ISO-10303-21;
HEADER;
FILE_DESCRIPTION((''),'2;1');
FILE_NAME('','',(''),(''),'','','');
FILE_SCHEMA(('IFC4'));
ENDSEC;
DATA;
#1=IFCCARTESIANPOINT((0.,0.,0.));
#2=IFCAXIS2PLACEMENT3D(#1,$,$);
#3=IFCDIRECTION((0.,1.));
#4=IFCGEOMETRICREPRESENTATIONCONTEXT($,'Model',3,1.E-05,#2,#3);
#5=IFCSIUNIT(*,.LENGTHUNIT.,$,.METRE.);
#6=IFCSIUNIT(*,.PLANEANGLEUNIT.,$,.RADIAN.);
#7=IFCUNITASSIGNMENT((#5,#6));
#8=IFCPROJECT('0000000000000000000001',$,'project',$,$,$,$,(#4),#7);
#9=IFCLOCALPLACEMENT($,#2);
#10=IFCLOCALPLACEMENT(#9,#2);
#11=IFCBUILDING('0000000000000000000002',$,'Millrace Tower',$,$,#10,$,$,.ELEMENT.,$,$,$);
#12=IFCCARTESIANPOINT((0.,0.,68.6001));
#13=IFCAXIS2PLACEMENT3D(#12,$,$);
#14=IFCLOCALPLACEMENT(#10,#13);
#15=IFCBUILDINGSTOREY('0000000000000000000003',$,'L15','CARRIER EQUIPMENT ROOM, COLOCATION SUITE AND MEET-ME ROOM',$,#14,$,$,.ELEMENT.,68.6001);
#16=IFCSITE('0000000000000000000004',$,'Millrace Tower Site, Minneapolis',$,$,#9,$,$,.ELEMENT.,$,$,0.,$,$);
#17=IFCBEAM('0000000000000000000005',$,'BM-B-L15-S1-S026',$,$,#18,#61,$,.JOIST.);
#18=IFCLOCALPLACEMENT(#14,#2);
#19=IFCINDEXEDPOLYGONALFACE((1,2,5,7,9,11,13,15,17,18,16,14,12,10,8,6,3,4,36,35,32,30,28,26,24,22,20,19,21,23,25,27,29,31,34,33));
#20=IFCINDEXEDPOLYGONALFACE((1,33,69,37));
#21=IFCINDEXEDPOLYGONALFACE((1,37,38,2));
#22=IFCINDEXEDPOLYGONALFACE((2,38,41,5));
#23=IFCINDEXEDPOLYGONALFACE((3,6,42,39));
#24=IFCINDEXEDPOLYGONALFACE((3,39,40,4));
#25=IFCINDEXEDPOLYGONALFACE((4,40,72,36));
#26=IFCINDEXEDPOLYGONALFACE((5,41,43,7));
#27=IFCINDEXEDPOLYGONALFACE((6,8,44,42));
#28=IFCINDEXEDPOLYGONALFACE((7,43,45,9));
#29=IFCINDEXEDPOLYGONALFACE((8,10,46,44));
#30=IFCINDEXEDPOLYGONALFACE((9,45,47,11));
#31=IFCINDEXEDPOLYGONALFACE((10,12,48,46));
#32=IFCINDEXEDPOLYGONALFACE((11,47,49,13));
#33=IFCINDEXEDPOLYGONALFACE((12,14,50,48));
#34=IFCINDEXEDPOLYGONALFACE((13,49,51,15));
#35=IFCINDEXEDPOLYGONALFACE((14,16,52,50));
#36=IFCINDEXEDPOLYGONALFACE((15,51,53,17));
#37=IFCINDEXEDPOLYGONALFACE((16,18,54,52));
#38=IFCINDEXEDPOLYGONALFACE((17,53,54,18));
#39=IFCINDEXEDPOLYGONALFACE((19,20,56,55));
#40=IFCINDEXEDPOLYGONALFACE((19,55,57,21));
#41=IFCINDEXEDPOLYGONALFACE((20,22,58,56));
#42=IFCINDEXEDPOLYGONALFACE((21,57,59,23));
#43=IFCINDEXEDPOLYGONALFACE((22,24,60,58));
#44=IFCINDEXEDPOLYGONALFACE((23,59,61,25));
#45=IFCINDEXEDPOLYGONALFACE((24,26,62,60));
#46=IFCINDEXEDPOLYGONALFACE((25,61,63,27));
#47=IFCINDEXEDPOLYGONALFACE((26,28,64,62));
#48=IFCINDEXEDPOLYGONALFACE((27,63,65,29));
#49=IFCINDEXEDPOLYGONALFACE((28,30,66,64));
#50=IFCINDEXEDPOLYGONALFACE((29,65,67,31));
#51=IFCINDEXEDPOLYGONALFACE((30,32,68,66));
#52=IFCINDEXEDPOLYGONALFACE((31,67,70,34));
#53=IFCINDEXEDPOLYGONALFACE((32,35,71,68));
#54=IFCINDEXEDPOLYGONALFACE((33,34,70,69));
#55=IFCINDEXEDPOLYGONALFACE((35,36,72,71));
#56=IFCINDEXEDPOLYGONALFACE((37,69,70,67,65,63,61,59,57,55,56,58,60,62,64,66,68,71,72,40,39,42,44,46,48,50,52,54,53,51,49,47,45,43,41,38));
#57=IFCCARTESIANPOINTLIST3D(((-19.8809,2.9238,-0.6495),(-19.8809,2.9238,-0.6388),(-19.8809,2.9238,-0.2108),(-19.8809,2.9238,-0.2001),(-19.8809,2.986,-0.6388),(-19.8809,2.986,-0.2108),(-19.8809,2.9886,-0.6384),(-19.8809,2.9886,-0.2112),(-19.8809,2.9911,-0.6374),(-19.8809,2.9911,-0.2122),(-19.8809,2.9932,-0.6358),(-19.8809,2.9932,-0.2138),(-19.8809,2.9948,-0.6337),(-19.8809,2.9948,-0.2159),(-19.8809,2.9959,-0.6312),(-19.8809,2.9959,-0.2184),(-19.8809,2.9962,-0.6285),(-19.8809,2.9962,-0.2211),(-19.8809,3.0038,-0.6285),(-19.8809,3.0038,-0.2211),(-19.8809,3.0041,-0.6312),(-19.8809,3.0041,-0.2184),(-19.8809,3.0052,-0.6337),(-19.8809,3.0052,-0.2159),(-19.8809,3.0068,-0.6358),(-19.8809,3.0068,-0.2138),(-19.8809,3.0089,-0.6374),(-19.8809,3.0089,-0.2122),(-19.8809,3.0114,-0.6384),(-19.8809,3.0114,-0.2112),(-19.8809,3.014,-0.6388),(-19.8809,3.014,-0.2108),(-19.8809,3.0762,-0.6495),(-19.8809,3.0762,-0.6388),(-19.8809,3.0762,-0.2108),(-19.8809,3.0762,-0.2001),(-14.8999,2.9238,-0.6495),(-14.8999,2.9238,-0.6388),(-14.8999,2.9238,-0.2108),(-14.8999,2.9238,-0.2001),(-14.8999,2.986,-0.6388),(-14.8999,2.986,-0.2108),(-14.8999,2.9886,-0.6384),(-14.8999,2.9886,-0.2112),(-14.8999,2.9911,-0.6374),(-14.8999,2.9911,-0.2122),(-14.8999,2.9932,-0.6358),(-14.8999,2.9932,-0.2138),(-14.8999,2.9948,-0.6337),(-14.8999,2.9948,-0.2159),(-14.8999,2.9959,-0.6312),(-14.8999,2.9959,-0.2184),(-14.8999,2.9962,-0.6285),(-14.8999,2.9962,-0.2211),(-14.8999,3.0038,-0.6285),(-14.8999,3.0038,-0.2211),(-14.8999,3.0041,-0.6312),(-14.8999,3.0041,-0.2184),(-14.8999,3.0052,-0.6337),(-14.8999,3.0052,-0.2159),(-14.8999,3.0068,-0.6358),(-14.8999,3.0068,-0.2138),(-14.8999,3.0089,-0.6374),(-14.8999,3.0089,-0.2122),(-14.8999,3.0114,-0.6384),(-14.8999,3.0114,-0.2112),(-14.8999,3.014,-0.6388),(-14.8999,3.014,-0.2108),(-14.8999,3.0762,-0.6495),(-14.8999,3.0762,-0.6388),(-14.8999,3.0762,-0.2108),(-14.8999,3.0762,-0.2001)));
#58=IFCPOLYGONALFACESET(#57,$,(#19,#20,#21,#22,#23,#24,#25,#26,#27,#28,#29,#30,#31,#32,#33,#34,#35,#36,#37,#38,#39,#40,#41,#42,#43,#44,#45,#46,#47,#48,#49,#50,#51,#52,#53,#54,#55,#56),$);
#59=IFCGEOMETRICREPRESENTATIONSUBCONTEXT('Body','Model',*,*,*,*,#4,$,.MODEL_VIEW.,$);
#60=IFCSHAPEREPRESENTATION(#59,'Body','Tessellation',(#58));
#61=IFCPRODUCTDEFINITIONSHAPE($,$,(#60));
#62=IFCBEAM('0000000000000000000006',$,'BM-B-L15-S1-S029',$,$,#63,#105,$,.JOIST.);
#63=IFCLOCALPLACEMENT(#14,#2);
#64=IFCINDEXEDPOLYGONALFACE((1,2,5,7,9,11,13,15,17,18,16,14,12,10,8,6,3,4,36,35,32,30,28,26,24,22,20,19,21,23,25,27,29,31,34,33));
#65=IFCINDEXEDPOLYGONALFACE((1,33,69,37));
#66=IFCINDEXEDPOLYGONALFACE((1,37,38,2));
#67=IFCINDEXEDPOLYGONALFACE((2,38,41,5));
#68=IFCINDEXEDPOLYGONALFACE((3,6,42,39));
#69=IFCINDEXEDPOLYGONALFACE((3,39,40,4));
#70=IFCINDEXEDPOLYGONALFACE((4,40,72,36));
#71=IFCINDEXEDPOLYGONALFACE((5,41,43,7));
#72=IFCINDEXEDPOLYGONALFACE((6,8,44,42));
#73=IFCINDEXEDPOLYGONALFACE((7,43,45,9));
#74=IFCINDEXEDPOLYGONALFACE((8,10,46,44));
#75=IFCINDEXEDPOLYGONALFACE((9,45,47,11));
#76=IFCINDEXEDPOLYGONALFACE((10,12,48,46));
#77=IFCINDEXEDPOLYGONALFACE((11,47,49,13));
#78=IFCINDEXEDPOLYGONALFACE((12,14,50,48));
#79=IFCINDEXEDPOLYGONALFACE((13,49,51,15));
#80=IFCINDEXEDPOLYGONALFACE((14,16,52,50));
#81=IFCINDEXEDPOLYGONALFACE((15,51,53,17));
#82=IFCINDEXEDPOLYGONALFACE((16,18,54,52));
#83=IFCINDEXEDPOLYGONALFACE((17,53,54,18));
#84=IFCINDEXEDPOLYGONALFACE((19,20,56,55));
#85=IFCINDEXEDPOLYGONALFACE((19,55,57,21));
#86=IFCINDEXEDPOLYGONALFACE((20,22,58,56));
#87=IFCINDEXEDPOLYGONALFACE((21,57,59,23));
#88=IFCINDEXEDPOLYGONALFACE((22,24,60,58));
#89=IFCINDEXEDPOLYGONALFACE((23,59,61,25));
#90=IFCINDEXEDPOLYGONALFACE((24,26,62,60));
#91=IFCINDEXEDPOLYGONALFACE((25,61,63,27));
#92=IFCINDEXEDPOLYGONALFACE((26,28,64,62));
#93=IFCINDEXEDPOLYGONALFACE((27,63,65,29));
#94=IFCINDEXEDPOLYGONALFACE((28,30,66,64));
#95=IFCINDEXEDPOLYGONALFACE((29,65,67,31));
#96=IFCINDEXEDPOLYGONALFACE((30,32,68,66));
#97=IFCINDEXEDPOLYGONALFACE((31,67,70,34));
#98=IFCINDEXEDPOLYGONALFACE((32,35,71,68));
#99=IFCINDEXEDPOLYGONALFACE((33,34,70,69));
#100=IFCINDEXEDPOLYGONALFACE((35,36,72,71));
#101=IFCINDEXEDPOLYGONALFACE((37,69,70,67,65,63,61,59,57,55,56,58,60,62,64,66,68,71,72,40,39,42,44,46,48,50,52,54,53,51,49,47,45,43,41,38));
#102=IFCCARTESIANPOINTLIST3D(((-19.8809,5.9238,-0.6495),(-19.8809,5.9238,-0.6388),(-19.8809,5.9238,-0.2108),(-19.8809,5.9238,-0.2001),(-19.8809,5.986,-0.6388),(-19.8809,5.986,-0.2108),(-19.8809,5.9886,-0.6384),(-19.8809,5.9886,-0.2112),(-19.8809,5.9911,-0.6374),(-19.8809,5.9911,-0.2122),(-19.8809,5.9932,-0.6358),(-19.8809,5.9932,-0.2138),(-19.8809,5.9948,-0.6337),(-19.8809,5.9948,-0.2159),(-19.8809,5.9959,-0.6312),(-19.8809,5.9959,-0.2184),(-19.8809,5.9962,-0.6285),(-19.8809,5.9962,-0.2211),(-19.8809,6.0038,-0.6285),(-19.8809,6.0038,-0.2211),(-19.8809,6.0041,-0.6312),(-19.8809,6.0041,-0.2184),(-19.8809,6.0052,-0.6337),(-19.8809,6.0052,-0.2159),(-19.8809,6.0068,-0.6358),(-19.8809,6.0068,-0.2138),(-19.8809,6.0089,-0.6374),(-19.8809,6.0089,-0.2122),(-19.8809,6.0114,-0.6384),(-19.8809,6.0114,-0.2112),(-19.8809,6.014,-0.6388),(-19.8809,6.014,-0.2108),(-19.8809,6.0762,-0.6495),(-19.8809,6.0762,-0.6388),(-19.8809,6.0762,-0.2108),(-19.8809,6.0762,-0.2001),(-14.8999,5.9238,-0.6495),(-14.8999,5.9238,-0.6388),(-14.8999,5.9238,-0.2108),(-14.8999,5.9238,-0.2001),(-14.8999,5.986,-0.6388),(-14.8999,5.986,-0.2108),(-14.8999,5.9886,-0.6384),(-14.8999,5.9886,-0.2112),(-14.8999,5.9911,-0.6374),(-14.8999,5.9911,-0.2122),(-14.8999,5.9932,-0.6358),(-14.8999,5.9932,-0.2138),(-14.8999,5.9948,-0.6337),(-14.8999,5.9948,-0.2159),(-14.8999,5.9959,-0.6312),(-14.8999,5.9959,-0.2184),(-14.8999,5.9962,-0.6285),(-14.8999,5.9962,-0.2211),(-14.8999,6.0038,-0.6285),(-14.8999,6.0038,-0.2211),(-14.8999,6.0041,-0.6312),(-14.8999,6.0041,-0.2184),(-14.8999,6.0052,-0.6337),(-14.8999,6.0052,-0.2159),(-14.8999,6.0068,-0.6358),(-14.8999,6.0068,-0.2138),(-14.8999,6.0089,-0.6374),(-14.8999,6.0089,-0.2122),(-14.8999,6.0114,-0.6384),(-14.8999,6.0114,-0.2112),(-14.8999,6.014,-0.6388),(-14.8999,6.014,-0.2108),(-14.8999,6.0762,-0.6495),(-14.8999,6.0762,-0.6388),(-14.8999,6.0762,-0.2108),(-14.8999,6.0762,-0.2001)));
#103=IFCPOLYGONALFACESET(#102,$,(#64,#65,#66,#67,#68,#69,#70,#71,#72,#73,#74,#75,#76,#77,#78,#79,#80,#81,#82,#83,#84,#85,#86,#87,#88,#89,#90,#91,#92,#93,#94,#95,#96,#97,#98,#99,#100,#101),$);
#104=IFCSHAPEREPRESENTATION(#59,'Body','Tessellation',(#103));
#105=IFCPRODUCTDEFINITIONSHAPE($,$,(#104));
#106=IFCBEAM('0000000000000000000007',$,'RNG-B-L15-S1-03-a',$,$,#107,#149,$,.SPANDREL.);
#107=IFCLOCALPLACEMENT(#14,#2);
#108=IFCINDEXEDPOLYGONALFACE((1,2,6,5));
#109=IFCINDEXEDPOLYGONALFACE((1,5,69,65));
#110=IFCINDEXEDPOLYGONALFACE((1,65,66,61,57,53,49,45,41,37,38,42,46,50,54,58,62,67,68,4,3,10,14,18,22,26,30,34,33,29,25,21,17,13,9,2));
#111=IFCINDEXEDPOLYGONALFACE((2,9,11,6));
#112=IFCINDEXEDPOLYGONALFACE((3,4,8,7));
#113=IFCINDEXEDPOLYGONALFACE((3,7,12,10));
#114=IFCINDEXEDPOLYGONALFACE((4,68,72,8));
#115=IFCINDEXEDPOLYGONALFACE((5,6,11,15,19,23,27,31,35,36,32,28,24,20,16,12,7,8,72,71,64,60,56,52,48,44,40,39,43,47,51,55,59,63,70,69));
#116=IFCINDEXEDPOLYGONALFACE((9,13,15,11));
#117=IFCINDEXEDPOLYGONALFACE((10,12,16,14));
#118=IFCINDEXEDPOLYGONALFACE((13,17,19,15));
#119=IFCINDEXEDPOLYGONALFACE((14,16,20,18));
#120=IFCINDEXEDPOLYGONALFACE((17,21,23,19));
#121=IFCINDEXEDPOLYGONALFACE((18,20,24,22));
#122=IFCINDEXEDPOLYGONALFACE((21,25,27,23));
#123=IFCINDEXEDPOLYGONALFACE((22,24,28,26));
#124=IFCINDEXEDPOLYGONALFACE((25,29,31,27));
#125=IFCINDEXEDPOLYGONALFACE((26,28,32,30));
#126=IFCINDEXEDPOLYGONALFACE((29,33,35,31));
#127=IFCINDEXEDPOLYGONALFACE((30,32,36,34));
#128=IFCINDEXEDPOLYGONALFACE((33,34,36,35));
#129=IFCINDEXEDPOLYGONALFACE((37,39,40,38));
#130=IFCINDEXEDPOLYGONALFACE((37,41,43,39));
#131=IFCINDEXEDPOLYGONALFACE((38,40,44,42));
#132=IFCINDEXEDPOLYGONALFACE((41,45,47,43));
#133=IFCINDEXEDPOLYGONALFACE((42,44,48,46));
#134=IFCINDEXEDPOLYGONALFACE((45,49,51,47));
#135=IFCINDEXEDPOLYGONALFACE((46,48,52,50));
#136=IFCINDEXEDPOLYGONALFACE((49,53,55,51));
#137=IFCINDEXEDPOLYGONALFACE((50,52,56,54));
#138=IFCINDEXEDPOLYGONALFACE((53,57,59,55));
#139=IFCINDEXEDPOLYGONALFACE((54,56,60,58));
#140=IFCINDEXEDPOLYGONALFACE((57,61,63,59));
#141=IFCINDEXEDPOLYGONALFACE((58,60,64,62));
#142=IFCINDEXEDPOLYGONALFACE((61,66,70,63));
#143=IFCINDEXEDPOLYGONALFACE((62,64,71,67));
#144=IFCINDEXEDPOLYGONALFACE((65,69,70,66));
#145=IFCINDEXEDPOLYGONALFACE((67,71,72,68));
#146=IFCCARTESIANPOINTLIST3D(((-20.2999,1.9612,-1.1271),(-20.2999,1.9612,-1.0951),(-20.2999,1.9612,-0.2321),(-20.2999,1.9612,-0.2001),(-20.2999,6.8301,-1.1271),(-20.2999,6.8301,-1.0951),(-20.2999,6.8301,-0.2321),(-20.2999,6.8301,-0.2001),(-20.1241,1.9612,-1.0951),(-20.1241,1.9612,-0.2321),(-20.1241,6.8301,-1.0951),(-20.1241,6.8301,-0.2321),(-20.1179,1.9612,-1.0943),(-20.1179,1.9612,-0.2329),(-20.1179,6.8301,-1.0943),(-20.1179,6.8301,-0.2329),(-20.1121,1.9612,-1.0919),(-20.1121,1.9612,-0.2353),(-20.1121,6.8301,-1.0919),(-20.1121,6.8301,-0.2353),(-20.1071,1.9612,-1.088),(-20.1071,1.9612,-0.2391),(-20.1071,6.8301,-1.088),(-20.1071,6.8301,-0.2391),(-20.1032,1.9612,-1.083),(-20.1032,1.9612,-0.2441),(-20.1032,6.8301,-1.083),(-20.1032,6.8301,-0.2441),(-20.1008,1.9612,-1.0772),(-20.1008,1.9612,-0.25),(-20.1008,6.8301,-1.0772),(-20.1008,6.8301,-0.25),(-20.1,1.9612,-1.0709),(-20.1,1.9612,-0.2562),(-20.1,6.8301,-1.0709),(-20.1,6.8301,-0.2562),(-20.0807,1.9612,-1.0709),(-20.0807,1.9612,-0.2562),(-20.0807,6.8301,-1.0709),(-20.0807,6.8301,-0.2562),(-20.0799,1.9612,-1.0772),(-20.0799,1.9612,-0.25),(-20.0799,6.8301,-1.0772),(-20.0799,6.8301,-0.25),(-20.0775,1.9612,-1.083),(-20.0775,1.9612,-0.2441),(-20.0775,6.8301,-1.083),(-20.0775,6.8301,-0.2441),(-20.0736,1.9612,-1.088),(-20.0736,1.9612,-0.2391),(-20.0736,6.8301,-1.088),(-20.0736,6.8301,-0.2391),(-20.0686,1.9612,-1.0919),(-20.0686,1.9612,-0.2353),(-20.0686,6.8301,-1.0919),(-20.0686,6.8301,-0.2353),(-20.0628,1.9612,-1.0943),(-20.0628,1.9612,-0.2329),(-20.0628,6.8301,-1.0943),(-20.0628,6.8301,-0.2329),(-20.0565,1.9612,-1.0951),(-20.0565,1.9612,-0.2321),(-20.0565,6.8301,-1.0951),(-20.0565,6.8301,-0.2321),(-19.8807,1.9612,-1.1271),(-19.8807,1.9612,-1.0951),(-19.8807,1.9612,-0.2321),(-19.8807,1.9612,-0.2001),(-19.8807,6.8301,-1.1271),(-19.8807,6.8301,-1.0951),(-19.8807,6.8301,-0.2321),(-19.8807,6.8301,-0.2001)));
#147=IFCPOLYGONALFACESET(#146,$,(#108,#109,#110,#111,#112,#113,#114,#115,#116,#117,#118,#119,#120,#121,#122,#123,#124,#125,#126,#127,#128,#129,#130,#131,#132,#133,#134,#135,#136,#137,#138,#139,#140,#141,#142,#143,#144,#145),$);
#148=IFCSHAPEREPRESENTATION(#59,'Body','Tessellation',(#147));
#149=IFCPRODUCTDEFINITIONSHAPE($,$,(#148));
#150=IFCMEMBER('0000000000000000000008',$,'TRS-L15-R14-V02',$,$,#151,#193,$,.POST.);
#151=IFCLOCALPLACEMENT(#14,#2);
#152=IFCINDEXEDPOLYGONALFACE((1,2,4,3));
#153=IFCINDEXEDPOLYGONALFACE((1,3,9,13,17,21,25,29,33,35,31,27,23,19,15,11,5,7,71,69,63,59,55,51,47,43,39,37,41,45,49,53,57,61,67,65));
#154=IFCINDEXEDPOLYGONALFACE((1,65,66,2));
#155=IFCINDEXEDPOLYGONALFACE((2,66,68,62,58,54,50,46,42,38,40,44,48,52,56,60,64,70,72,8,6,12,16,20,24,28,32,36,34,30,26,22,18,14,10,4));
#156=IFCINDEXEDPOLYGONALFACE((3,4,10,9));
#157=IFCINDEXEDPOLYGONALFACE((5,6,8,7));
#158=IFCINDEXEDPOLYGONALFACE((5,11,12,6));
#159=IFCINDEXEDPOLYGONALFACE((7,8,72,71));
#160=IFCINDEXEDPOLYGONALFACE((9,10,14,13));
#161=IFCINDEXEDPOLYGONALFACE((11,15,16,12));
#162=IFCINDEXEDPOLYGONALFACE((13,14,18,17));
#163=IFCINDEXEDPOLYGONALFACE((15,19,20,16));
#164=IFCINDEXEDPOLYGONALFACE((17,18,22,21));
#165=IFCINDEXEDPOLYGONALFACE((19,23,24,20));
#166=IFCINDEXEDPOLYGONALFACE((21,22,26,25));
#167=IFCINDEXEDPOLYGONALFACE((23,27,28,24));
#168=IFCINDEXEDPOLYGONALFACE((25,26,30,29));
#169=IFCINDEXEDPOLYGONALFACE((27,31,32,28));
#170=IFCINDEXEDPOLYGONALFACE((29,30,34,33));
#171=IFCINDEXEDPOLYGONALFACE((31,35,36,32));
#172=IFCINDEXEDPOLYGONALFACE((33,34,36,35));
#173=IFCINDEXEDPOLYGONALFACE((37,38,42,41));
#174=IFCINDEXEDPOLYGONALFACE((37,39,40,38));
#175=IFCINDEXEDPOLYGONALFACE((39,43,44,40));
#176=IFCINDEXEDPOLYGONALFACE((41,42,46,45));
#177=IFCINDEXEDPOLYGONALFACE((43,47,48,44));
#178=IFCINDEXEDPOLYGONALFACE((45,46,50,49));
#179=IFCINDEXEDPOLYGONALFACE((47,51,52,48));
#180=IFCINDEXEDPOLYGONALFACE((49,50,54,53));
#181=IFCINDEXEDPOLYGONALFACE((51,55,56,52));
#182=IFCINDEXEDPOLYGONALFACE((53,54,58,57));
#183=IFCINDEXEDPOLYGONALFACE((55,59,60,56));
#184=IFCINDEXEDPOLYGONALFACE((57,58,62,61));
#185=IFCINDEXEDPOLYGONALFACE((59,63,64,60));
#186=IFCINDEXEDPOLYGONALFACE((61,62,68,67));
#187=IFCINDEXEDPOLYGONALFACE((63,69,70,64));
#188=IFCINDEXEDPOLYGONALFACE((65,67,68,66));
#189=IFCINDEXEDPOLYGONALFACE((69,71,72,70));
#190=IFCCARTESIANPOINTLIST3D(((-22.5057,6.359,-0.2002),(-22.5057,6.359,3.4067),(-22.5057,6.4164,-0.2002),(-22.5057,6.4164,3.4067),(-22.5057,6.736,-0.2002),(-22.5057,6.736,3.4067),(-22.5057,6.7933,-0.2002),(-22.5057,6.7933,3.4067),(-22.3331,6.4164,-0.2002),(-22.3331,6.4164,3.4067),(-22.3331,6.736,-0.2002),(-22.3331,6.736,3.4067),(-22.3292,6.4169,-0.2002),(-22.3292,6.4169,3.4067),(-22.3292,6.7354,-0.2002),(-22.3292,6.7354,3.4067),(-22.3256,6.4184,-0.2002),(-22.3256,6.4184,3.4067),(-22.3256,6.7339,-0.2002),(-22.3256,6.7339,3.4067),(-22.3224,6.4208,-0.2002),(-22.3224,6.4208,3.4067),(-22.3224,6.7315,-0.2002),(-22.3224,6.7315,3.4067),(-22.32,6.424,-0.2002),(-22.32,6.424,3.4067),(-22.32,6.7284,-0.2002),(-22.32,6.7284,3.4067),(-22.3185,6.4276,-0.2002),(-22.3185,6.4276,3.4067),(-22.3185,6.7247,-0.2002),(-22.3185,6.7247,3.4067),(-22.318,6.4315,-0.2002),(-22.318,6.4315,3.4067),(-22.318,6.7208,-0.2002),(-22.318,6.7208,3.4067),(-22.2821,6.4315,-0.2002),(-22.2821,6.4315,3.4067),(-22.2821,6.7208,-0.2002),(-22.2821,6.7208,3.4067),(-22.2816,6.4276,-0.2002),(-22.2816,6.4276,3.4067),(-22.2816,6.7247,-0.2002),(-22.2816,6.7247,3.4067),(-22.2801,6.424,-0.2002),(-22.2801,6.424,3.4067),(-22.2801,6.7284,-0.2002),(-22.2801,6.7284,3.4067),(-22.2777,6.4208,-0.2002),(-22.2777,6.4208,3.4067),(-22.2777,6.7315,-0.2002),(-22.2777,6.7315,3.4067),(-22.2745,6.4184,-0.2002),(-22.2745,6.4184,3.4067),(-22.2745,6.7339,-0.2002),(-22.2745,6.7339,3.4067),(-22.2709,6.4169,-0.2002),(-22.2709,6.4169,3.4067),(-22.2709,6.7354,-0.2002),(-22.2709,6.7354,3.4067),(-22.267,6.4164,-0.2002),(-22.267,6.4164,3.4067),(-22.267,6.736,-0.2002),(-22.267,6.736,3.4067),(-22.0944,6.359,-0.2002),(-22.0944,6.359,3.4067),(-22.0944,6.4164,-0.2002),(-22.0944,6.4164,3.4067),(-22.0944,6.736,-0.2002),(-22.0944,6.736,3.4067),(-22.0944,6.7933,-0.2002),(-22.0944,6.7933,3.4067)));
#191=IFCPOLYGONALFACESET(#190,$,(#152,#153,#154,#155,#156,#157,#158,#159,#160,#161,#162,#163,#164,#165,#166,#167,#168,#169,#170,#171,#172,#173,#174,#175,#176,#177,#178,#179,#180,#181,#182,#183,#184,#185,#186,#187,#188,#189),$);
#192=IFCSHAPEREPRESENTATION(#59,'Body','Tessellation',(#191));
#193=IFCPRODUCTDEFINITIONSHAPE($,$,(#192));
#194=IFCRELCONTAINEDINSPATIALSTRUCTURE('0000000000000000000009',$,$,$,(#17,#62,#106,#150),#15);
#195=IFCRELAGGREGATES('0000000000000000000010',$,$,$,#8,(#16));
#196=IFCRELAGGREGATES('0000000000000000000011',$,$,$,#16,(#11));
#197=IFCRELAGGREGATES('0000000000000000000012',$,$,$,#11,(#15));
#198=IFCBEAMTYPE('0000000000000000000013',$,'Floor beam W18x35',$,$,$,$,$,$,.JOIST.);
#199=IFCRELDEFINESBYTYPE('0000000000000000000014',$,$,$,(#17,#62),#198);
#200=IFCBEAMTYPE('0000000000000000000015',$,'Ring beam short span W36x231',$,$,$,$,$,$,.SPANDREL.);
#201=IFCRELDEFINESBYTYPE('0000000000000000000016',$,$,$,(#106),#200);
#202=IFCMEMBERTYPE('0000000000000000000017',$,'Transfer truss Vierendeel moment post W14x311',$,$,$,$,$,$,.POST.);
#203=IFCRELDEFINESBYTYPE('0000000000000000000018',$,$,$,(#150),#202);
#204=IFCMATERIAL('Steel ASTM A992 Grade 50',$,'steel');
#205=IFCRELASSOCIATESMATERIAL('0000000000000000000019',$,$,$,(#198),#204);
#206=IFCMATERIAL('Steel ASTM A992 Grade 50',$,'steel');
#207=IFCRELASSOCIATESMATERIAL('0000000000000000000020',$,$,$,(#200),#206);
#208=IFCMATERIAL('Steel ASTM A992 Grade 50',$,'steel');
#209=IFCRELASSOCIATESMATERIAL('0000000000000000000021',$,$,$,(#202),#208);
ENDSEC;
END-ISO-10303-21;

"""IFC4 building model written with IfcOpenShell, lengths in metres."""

from ifc_helpers import new_model, si_unit, direction, frame, origin, origin_2d, place, context, subcontext, project, spatial, i_section, extrude, material, material_profile, profile_set, type_object, element, save


model = new_model("IFC4")

# Units and contexts
model_context = context("Model", 3, precision=1e-05, world=origin(), true_north=direction((0.0, 1.0)))
body_context = subcontext(model_context, "Body", "Model", "MODEL_VIEW")
ifc_project = project(units=[si_unit("LENGTHUNIT", "METRE"), si_unit("PLANEANGLEUNIT", "RADIAN")], contexts=[model_context])

# Site, building, storey
site_placement = place(None, origin())
site = spatial("IfcSite", under=ifc_project, at=site_placement, Name="Millrace Tower Site, Minneapolis", CompositionType="ELEMENT", RefElevation=0.0)
building_placement = place(site_placement, origin())
building = spatial("IfcBuilding", under=site, at=building_placement, Name="Millrace Tower", CompositionType="ELEMENT")
storey_placement = place(building_placement, frame((0.0, 0.0, 68.6001)))
storey = spatial("IfcBuildingStorey", under=building, at=storey_placement, Name="L15", Description="CARRIER EQUIPMENT ROOM, COLOCATION SUITE AND MEET-ME ROOM", CompositionType="ELEMENT", Elevation=68.6001)

# Beams
ifc_material_1 = material(Name="Steel ASTM A992 Grade 50", Category="steel")
ifc_material_profile_1 = material_profile(ifc_material_1, i_section(OverallWidth=0.1523, OverallDepth=0.4495, WebThickness=0.0076, FlangeThickness=0.0107, FilletRadius=0.0103, at=origin_2d()))
ifc_profile_set_1 = profile_set([ifc_material_profile_1], Name="Steel ASTM A992 Grade 50")
beam_type_1 = type_object("IfcBeamType", Name="Floor beam W18x35", PredefinedType="JOIST", material=ifc_profile_set_1)
for number, where, z_axis, x_axis, name in (
    (1, (-19.8809, 3.0, -0.4248), (1.0, 0.0, 0.0), (0.0, 1.0, 0.0), "BM-B-L15-S1-S026"),
    (2, (-19.8809, 6.0, -0.4248), (1.0, 0.0, 0.0), (0.0, 1.0, 0.0), "BM-B-L15-S1-S029"),
):
    element("IfcBeam", number, at=place(storey_placement, frame(where, z_axis=z_axis, x_axis=x_axis)), inside=storey, type_object=beam_type_1, Name=name, PredefinedType="JOIST", context=body_context, shape_type="SweptSolid", body=[
        extrude(i_section(OverallWidth=0.1523, OverallDepth=0.4495, WebThickness=0.0076, FlangeThickness=0.0107, FilletRadius=0.0103, at=origin_2d()), origin(), (0.0, 0.0, 1.0), 4.981),
    ])
ifc_material_2 = material(Name="Steel ASTM A992 Grade 50", Category="steel")
ifc_material_profile_2 = material_profile(ifc_material_2, i_section(OverallWidth=0.4192, OverallDepth=0.927, WebThickness=0.0193, FlangeThickness=0.032, FilletRadius=0.0242, at=origin_2d()))
ifc_profile_set_2 = profile_set([ifc_material_profile_2], Name="Steel ASTM A992 Grade 50")
beam_type_2 = type_object("IfcBeamType", Name="Ring beam short span W36x231", PredefinedType="SPANDREL", material=ifc_profile_set_2)
beam_placement = place(storey_placement, frame((-20.0903, 1.9612, -0.6636), z_axis=(0.0, 1.0, 0.0), x_axis=(-1.0, 0.0, 0.0)))
element("IfcBeam", 3, at=beam_placement, inside=storey, type_object=beam_type_2, Name="RNG-B-L15-S1-03-a", PredefinedType="SPANDREL", context=body_context, shape_type="SweptSolid", body=[
    extrude(i_section(OverallWidth=0.4192, OverallDepth=0.927, WebThickness=0.0193, FlangeThickness=0.032, FilletRadius=0.0242, at=origin_2d()), origin(), (0.0, 0.0, 1.0), 4.8689),
])

# Member
ifc_material_3 = material(Name="Steel ASTM A992 Grade 50", Category="steel")
ifc_material_profile_3 = material_profile(ifc_material_3, i_section(OverallWidth=0.4114, OverallDepth=0.4343, WebThickness=0.0359, FlangeThickness=0.0574, FilletRadius=0.0151, at=origin_2d()))
ifc_profile_set_3 = profile_set([ifc_material_profile_3], Name="Steel ASTM A992 Grade 50")
member_type_1 = type_object("IfcMemberType", Name="Transfer truss Vierendeel moment post W14x311", PredefinedType="POST", material=ifc_profile_set_3)
for number, where, z_axis, x_axis, name in (
    (4, (-22.3, 6.5762, -0.2002), (0.0, 0.0, 1.0), (1.0, 0.0, 0.0), "TRS-L15-R14-V02"),
):
    element("IfcMember", number, at=place(storey_placement, frame(where, z_axis=z_axis, x_axis=x_axis)), inside=storey, type_object=member_type_1, Name=name, PredefinedType="POST", context=body_context, shape_type="SweptSolid", body=[
        extrude(i_section(OverallWidth=0.4114, OverallDepth=0.4343, WebThickness=0.0359, FlangeThickness=0.0574, FilletRadius=0.0151, at=origin_2d()), origin(), (0.0, 0.0, 1.0), 3.6069),
    ])

save(model, "model.ifc")
